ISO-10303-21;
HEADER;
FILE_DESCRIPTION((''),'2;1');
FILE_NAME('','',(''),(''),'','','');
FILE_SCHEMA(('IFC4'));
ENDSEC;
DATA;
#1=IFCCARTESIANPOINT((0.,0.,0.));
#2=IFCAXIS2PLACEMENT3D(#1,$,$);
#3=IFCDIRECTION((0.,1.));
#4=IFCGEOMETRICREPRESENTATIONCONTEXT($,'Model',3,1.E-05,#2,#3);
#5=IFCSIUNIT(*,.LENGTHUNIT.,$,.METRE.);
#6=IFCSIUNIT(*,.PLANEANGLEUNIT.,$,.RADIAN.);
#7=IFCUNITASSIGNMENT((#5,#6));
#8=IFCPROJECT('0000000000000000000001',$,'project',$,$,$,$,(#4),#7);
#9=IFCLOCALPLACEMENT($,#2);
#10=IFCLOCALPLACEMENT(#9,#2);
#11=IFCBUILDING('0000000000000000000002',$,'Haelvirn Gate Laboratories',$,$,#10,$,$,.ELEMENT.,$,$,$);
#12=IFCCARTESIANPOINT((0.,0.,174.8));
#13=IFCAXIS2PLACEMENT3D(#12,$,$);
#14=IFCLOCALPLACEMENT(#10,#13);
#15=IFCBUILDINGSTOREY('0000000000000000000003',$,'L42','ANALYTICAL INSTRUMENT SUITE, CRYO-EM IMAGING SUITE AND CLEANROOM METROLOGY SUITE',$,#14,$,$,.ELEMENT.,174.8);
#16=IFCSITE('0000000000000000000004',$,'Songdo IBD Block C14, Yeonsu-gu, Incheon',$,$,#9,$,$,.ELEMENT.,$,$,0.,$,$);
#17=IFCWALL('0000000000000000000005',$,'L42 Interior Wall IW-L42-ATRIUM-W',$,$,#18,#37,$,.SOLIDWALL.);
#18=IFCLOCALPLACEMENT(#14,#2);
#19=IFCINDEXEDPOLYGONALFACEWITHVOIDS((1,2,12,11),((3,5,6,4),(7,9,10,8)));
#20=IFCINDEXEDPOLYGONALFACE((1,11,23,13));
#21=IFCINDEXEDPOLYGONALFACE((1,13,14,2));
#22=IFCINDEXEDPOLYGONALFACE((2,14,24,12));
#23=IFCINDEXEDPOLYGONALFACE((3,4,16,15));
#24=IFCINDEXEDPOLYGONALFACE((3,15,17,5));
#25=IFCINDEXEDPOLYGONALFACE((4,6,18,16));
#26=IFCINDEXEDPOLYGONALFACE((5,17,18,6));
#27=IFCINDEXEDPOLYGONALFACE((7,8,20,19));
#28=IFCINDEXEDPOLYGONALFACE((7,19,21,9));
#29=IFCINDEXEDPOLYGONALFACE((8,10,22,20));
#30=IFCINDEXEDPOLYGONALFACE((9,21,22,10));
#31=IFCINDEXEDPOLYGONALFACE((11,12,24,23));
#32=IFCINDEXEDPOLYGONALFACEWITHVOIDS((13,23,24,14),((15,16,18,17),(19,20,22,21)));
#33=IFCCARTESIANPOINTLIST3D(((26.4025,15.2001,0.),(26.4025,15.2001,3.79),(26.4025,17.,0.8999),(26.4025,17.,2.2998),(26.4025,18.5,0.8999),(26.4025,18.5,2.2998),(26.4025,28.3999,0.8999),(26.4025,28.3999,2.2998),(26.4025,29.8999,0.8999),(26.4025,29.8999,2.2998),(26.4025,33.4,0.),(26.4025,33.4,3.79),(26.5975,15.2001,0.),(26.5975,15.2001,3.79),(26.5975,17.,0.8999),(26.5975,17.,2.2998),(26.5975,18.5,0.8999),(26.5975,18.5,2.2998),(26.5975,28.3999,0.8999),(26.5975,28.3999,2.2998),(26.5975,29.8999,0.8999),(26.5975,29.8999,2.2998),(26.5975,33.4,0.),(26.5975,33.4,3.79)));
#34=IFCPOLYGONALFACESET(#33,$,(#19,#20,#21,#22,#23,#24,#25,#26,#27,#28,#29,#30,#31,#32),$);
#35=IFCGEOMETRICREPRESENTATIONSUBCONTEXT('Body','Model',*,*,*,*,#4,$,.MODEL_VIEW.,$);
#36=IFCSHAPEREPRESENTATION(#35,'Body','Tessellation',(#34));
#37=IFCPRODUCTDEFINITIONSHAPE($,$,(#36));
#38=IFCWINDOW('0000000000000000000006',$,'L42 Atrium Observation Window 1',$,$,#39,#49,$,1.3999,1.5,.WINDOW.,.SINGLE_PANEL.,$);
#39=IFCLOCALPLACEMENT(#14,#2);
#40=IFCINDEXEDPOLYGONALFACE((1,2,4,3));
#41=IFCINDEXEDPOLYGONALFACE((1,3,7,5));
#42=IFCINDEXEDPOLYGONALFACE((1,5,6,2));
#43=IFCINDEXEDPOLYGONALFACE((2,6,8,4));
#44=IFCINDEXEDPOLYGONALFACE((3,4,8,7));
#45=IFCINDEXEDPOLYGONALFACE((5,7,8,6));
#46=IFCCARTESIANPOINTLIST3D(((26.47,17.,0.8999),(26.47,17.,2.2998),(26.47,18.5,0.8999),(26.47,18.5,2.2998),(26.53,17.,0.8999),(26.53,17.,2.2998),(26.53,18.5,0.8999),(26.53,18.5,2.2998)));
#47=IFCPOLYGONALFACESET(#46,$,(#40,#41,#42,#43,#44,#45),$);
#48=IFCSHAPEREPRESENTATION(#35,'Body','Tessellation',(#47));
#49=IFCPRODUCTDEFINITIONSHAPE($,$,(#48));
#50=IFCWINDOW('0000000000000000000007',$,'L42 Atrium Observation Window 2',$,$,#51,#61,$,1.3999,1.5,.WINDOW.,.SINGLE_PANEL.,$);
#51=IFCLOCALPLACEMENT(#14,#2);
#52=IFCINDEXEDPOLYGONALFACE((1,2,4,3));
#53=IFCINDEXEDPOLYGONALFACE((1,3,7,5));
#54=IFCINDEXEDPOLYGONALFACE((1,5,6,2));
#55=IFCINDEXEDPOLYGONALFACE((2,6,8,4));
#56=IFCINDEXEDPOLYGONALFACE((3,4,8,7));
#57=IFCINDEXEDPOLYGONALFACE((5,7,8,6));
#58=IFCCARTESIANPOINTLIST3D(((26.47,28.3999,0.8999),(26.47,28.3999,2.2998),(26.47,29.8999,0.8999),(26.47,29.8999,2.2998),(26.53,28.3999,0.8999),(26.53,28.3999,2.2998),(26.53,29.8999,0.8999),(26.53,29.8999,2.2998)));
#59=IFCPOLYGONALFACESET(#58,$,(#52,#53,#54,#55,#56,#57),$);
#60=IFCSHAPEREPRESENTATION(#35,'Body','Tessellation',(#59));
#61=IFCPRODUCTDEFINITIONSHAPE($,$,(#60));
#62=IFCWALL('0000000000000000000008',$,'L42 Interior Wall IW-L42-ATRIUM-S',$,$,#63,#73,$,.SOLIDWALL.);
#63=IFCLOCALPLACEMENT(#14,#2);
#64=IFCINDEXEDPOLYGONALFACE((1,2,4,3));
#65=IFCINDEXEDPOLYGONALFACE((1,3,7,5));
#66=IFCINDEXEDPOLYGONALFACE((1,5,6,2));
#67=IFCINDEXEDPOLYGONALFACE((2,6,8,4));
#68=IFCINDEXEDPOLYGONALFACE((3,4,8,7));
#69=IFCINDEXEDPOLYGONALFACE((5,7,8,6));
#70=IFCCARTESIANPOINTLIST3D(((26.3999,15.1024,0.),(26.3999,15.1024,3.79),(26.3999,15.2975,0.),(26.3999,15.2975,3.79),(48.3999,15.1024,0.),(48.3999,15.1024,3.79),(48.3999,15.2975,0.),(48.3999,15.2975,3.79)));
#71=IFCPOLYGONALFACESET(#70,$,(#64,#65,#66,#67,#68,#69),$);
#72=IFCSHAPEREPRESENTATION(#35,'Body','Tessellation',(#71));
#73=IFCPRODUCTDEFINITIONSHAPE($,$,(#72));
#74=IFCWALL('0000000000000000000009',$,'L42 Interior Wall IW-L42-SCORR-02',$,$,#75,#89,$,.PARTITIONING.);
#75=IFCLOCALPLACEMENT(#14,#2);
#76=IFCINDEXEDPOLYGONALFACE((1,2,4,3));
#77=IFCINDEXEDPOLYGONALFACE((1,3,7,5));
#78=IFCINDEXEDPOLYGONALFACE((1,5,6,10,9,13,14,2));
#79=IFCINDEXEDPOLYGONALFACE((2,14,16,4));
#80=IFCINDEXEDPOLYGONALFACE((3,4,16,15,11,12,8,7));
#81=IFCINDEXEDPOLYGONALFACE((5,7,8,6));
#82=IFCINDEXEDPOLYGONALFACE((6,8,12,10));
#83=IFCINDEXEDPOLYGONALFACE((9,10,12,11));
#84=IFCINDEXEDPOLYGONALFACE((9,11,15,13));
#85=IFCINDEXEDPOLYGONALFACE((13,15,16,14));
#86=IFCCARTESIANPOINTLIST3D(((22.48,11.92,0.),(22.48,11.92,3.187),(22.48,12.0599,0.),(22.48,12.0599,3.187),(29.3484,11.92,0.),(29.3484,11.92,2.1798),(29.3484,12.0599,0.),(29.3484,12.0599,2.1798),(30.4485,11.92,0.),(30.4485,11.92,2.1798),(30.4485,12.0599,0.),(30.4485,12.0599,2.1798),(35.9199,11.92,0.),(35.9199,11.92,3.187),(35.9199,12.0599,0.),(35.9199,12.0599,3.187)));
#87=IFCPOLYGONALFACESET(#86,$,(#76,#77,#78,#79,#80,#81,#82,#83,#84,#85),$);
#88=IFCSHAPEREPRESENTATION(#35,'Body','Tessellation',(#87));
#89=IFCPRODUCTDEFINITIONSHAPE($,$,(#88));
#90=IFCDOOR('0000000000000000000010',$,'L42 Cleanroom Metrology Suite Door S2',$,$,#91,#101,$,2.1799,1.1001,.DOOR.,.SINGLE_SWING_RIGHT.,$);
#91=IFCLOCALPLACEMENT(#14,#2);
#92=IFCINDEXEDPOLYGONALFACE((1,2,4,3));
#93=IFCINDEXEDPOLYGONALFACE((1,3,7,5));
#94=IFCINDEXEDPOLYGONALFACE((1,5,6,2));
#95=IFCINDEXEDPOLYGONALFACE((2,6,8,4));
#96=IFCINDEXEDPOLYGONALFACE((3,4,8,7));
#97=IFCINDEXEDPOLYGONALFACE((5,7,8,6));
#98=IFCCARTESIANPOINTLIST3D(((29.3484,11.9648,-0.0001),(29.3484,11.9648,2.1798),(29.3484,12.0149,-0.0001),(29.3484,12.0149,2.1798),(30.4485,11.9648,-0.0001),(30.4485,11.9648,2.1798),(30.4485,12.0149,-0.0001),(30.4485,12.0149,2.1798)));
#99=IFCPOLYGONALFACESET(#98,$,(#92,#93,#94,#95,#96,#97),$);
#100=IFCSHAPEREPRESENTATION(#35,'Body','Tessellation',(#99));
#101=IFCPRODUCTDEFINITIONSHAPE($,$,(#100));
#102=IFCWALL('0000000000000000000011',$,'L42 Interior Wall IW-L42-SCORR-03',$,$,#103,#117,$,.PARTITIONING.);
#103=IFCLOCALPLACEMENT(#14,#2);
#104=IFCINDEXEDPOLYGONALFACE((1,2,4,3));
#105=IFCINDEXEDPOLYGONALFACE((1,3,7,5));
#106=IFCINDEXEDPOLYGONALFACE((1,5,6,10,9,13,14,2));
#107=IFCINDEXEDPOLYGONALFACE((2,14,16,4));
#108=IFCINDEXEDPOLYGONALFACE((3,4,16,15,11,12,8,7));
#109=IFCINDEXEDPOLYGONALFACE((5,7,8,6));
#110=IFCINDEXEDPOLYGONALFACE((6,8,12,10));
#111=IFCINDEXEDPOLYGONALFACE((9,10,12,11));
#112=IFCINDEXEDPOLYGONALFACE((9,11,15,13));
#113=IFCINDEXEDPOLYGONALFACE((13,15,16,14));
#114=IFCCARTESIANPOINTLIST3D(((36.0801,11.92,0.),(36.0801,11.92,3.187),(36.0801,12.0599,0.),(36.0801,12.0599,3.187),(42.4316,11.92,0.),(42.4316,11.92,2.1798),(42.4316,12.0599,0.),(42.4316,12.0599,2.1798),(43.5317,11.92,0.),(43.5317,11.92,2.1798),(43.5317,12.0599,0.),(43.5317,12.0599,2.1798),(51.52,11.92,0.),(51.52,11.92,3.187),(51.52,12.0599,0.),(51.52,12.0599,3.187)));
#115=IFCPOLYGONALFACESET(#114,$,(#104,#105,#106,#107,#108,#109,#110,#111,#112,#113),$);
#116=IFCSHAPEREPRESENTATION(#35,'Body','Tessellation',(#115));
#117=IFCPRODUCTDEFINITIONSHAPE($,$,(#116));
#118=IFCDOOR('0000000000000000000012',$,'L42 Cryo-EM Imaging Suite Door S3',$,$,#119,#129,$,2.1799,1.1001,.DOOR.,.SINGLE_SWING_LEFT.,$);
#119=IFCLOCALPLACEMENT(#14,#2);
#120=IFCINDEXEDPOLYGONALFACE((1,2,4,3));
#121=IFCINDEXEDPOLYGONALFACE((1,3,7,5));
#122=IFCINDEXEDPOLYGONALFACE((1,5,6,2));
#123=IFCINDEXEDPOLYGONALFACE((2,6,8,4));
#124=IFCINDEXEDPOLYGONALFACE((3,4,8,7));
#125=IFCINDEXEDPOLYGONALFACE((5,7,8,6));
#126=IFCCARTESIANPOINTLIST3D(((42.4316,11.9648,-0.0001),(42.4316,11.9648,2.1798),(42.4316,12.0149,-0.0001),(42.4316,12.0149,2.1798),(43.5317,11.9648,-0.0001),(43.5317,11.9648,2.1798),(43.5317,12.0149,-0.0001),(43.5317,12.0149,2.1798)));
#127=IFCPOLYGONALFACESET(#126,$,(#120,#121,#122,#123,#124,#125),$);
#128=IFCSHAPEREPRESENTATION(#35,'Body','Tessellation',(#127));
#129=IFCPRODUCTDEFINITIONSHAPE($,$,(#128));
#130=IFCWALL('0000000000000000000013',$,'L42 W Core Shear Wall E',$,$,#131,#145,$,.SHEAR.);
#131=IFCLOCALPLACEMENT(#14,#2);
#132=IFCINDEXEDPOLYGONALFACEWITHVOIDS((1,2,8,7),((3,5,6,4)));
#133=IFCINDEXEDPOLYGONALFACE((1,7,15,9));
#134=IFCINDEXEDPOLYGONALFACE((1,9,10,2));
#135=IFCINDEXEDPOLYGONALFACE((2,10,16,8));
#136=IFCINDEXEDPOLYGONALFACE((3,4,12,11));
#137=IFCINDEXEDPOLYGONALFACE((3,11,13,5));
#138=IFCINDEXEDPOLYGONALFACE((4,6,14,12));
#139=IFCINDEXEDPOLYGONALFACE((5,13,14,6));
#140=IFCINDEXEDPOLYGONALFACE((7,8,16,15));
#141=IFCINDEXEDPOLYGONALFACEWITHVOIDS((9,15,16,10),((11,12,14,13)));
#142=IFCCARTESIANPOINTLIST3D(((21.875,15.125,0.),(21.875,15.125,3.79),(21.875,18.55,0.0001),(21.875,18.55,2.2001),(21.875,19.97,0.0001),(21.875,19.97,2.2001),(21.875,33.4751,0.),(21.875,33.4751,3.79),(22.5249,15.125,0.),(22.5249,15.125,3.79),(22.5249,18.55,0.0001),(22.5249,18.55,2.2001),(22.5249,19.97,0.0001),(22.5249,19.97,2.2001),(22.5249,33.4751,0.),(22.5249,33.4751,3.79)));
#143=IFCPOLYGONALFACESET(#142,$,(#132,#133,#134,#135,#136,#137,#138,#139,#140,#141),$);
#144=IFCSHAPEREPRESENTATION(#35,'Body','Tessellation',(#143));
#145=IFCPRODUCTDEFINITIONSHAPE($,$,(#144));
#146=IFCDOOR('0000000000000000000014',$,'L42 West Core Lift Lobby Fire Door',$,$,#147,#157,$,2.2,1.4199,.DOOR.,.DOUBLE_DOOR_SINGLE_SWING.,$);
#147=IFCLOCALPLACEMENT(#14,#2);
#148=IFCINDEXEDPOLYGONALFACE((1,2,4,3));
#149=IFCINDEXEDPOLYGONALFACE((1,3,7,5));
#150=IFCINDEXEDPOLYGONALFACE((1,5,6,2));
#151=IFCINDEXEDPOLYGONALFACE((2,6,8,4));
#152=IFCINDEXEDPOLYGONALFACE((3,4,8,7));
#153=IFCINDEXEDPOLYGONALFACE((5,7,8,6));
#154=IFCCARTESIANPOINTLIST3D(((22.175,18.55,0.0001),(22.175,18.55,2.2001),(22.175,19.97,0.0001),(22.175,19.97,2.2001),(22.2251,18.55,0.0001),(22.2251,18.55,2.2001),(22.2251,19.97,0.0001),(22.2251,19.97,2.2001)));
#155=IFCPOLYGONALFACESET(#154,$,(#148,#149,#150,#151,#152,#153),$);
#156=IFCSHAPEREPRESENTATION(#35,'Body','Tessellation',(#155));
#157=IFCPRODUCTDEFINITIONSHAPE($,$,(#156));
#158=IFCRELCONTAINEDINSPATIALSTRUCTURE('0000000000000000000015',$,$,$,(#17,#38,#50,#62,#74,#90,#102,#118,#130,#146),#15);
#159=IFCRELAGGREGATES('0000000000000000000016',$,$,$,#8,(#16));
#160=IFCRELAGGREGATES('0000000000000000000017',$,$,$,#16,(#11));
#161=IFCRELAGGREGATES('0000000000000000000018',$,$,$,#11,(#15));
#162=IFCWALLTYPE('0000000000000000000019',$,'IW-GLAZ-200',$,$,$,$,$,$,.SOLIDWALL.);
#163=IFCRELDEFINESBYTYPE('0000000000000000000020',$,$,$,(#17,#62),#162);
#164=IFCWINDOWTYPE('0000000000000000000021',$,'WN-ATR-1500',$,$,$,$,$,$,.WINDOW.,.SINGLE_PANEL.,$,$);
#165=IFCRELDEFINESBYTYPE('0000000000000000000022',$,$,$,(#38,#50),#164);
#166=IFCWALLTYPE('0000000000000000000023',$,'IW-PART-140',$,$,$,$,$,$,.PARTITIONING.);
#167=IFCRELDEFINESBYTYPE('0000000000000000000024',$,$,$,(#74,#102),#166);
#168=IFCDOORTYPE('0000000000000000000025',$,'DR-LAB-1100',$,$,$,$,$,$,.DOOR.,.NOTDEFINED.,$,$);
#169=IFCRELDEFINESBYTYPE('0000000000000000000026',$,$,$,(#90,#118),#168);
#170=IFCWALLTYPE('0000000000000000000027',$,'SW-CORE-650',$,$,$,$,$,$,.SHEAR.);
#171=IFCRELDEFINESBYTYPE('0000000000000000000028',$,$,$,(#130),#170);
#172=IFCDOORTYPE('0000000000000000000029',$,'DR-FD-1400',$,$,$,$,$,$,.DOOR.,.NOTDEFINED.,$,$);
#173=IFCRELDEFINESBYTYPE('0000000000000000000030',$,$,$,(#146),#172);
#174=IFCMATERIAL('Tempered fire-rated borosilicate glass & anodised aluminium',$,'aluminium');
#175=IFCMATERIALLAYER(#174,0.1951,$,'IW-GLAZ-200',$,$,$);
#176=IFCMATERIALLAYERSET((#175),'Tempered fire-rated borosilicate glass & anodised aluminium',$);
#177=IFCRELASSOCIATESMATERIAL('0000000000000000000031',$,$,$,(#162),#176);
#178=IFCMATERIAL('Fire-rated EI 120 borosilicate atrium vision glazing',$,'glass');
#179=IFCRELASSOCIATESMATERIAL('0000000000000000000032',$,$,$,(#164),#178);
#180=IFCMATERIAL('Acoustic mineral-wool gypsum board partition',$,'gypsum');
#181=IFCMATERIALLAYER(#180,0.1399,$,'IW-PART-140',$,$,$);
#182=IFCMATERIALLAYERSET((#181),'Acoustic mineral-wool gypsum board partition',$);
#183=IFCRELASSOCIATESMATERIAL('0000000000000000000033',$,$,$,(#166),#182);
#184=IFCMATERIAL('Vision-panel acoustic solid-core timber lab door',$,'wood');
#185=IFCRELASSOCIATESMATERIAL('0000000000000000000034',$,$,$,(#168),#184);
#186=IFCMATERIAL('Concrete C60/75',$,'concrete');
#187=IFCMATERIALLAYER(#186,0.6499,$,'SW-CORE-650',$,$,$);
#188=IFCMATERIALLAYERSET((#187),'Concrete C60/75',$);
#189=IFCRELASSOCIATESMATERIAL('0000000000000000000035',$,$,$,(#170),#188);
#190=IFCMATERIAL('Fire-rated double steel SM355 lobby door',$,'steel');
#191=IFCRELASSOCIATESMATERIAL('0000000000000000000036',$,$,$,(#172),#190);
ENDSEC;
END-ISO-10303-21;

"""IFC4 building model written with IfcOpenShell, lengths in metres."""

from ifc_helpers import new_model, si_unit, direction, frame, frame_2d, origin, place, context, subcontext, project, spatial, rectangle, extrude, source, transform, mapped, material, layer, layer_set, type_object, type_shapes, element, fill, save


model = new_model("IFC4")

# Units and contexts
model_context = context("Model", 3, precision=1e-05, world=origin(), true_north=direction((0.0, 1.0)))
body_context = subcontext(model_context, "Body", "Model", "MODEL_VIEW")
ifc_project = project(units=[si_unit("LENGTHUNIT", "METRE"), si_unit("PLANEANGLEUNIT", "RADIAN")], contexts=[model_context])

# Site, building, storey
site_placement = place(None, origin())
site = spatial("IfcSite", under=ifc_project, at=site_placement, Name="Songdo IBD Block C14, Yeonsu-gu, Incheon", CompositionType="ELEMENT", RefElevation=0.0)
building_placement = place(site_placement, origin())
building = spatial("IfcBuilding", under=site, at=building_placement, Name="Haelvirn Gate Laboratories", CompositionType="ELEMENT")
storey_placement = place(building_placement, frame((0.0, 0.0, 174.8)))
storey = spatial("IfcBuildingStorey", under=building, at=storey_placement, Name="L42", Description="ANALYTICAL INSTRUMENT SUITE, CRYO-EM IMAGING SUITE AND CLEANROOM METROLOGY SUITE", CompositionType="ELEMENT", Elevation=174.8)

# Wall, openings, windows
ifc_material_1 = material(Name="Tempered fire-rated borosilicate glass & anodised aluminium", Category="aluminium")
ifc_layer_1 = layer(ifc_material_1, 0.1951, Name="IW-GLAZ-200")
ifc_layer_set_1 = layer_set([ifc_layer_1], Name="Tempered fire-rated borosilicate glass & anodised aluminium")
wall_type_1 = type_object("IfcWallType", Name="IW-GLAZ-200", PredefinedType="SOLIDWALL", material=ifc_layer_set_1)
wall_1_placement = place(storey_placement, frame((26.5, 15.2, 0.0), z_axis=(0.0, 0.0, 1.0), x_axis=(0.0, 1.0, 0.0)))
wall_1 = element("IfcWall", 1, at=wall_1_placement, inside=storey, type_object=wall_type_1, Name="L42 Interior Wall IW-L42-ATRIUM-W", PredefinedType="SOLIDWALL", context=body_context, shape_type="SweptSolid", body=[
    extrude(rectangle(XDim=18.2, YDim=0.1951, at=frame_2d((9.1001, 0.0))), origin(), (0.0, 0.0, 1.0), 3.79),
])
opening_1_placement = place(wall_1_placement, frame((1.8, 0.0, 0.8999)))
opening_1 = element("IfcOpeningElement", 2, at=opening_1_placement, cuts=wall_1, PredefinedType="OPENING", context=body_context, shape_type="SweptSolid", body=[
    extrude(rectangle(XDim=1.5, YDim=1.3999, at=frame_2d((0.75, 0.7))), frame((0.0, 0.1074, 0.0), z_axis=(0.0, -1.0, 0.0), x_axis=(1.0, 0.0, 0.0)), (0.0, 0.0, 1.0), 0.2151),
])
opening_2_placement = place(wall_1_placement, frame((13.2, 0.0, 0.8999)))
opening_2 = element("IfcOpeningElement", 3, at=opening_2_placement, cuts=wall_1, PredefinedType="OPENING", context=body_context, shape_type="SweptSolid", body=[
    extrude(rectangle(XDim=1.5, YDim=1.3999, at=frame_2d((0.75, 0.7))), frame((0.0, 0.1074, 0.0), z_axis=(0.0, -1.0, 0.0), x_axis=(1.0, 0.0, 0.0)), (0.0, 0.0, 1.0), 0.2151),
])
ifc_material_2 = material(Name="Fire-rated EI 120 borosilicate atrium vision glazing", Category="glass")
window_type = type_object("IfcWindowType", Name="WN-ATR-1500", PartitioningType="SINGLE_PANEL", PredefinedType="WINDOW", material=ifc_material_2)
shared_shape_1 = source(origin(), body_context, "Body", "SweptSolid", [
    extrude(rectangle(XDim=1.5, YDim=1.3999, at=frame_2d((0.75, 0.7))), frame((0.0, 0.03, 0.0), z_axis=(0.0, -1.0, 0.0), x_axis=(1.0, 0.0, 0.0)), (0.0, 0.0, 1.0), 0.0601),
])
type_shapes(window_type, [shared_shape_1])
window_1_placement = place(opening_1_placement, origin())
window_1 = element("IfcWindow", 4, at=window_1_placement, inside=storey, type_object=window_type, Name="L42 Atrium Observation Window 1", OverallHeight=1.3999, OverallWidth=1.5, PartitioningType="SINGLE_PANEL", PredefinedType="WINDOW", context=body_context, shape_type="MappedRepresentation", body=[
    mapped(shared_shape_1, transform((0.0, 0.0, 0.0), scale=1.0)),
])
fill(opening_1, window_1)
window_2_placement = place(opening_2_placement, origin())
window_2 = element("IfcWindow", 5, at=window_2_placement, inside=storey, type_object=window_type, Name="L42 Atrium Observation Window 2", OverallHeight=1.3999, OverallWidth=1.5, PartitioningType="SINGLE_PANEL", PredefinedType="WINDOW", context=body_context, shape_type="MappedRepresentation", body=[
    mapped(shared_shape_1, transform((0.0, 0.0, 0.0), scale=1.0)),
])
fill(opening_2, window_2)

# Wall
wall_2_placement = place(storey_placement, frame((26.3999, 15.2, 0.0), z_axis=(0.0, 0.0, 1.0), x_axis=(1.0, 0.0, 0.0)))
element("IfcWall", 6, at=wall_2_placement, inside=storey, type_object=wall_type_1, Name="L42 Interior Wall IW-L42-ATRIUM-S", PredefinedType="SOLIDWALL", context=body_context, shape_type="SweptSolid", body=[
    extrude(rectangle(XDim=22.0, YDim=0.1951, at=frame_2d((11.0, 0.0))), origin(), (0.0, 0.0, 1.0), 3.79),
])

# Walls, openings, doors
ifc_material_3 = material(Name="Acoustic mineral-wool gypsum board partition", Category="gypsum")
ifc_layer_2 = layer(ifc_material_3, 0.1399, Name="IW-PART-140")
ifc_layer_set_2 = layer_set([ifc_layer_2], Name="Acoustic mineral-wool gypsum board partition")
wall_type_2 = type_object("IfcWallType", Name="IW-PART-140", PredefinedType="PARTITIONING", material=ifc_layer_set_2)
wall_3_placement = place(storey_placement, frame((22.48, 11.99, 0.0), z_axis=(0.0, 0.0, 1.0), x_axis=(1.0, 0.0, 0.0)))
wall_3 = element("IfcWall", 7, at=wall_3_placement, inside=storey, type_object=wall_type_2, Name="L42 Interior Wall IW-L42-SCORR-02", PredefinedType="PARTITIONING", context=body_context, shape_type="SweptSolid", body=[
    extrude(rectangle(XDim=13.4399, YDim=0.1399, at=frame_2d((6.72, 0.0))), origin(), (0.0, 0.0, 1.0), 3.187),
])
opening_3_placement = place(wall_3_placement, frame((6.8684, 0.0, 0.0)))
opening_3 = element("IfcOpeningElement", 8, at=opening_3_placement, cuts=wall_3, PredefinedType="OPENING", context=body_context, shape_type="SweptSolid", body=[
    extrude(rectangle(XDim=1.1001, YDim=2.1799, at=frame_2d((0.55, 1.0898))), frame((0.0, 0.0801, 0.0), z_axis=(0.0, -1.0, 0.0), x_axis=(1.0, 0.0, 0.0)), (0.0, 0.0, 1.0), 0.1599),
])
ifc_material_4 = material(Name="Vision-panel acoustic solid-core timber lab door", Category="wood")
door_type_1 = type_object("IfcDoorType", Name="DR-LAB-1100", OperationType="NOTDEFINED", PredefinedType="DOOR", material=ifc_material_4)
shared_shape_2 = source(origin(), body_context, "Body", "SweptSolid", [
    extrude(rectangle(XDim=1.1001, YDim=2.1799, at=frame_2d((0.55, 1.0898))), frame((0.0, 0.0249, 0.0), z_axis=(0.0, -1.0, 0.0), x_axis=(1.0, 0.0, 0.0)), (0.0, 0.0, 1.0), 0.05),
])
type_shapes(door_type_1, [shared_shape_2])
door_1_placement = place(opening_3_placement, origin())
door_1 = element("IfcDoor", 9, at=door_1_placement, inside=storey, type_object=door_type_1, Name="L42 Cleanroom Metrology Suite Door S2", OperationType="SINGLE_SWING_RIGHT", OverallHeight=2.1799, OverallWidth=1.1001, PredefinedType="DOOR", context=body_context, shape_type="MappedRepresentation", body=[
    mapped(shared_shape_2, transform((0.0, 0.0, 0.0), scale=1.0)),
])
fill(opening_3, door_1)
wall_4_placement = place(storey_placement, frame((36.0801, 11.99, 0.0), z_axis=(0.0, 0.0, 1.0), x_axis=(1.0, 0.0, 0.0)))
wall_4 = element("IfcWall", 10, at=wall_4_placement, inside=storey, type_object=wall_type_2, Name="L42 Interior Wall IW-L42-SCORR-03", PredefinedType="PARTITIONING", context=body_context, shape_type="SweptSolid", body=[
    extrude(rectangle(XDim=15.4399, YDim=0.1399, at=frame_2d((7.72, 0.0))), origin(), (0.0, 0.0, 1.0), 3.187),
])
opening_4_placement = place(wall_4_placement, frame((6.3516, 0.0, 0.0)))
opening_4 = element("IfcOpeningElement", 11, at=opening_4_placement, cuts=wall_4, PredefinedType="OPENING", context=body_context, shape_type="SweptSolid", body=[
    extrude(rectangle(XDim=1.1001, YDim=2.1799, at=frame_2d((0.55, 1.0898))), frame((0.0, 0.0801, 0.0), z_axis=(0.0, -1.0, 0.0), x_axis=(1.0, 0.0, 0.0)), (0.0, 0.0, 1.0), 0.1599),
])
door_2_placement = place(opening_4_placement, origin())
door_2 = element("IfcDoor", 12, at=door_2_placement, inside=storey, type_object=door_type_1, Name="L42 Cryo-EM Imaging Suite Door S3", OperationType="SINGLE_SWING_LEFT", OverallHeight=2.1799, OverallWidth=1.1001, PredefinedType="DOOR", context=body_context, shape_type="MappedRepresentation", body=[
    mapped(shared_shape_2, transform((0.0, 0.0, 0.0), scale=1.0)),
])
fill(opening_4, door_2)
ifc_material_5 = material(Name="Concrete C60/75", Category="concrete")
ifc_layer_3 = layer(ifc_material_5, 0.6499, Name="SW-CORE-650")
ifc_layer_set_3 = layer_set([ifc_layer_3], Name="Concrete C60/75")
wall_type_3 = type_object("IfcWallType", Name="SW-CORE-650", PredefinedType="SHEAR", material=ifc_layer_set_3)
wall_5_placement = place(storey_placement, frame((22.2, 15.125, 0.0), z_axis=(0.0, 0.0, 1.0), x_axis=(0.0, 1.0, 0.0)))
wall_5 = element("IfcWall", 13, at=wall_5_placement, inside=storey, type_object=wall_type_3, Name="L42 W Core Shear Wall E", PredefinedType="SHEAR", context=body_context, shape_type="SweptSolid", body=[
    extrude(rectangle(XDim=18.3501, YDim=0.6499, at=frame_2d((9.175, 0.0))), origin(), (0.0, 0.0, 1.0), 3.79),
])
opening_5_placement = place(wall_5_placement, frame((3.425, 0.0, 0.0)))
opening_5 = element("IfcOpeningElement", 14, at=opening_5_placement, cuts=wall_5, PredefinedType="OPENING", context=body_context, shape_type="SweptSolid", body=[
    extrude(rectangle(XDim=1.4199, YDim=2.2, at=frame_2d((0.71, 1.1001))), frame((0.0, 0.335, 0.0), z_axis=(0.0, -1.0, 0.0), x_axis=(1.0, 0.0, 0.0)), (0.0, 0.0, 1.0), 0.6699),
])
ifc_material_6 = material(Name="Fire-rated double steel SM355 lobby door", Category="steel")
door_type_2 = type_object("IfcDoorType", Name="DR-FD-1400", OperationType="NOTDEFINED", PredefinedType="DOOR", material=ifc_material_6)
shared_shape_3 = source(origin(), body_context, "Body", "SweptSolid", [
    extrude(rectangle(XDim=1.4199, YDim=2.2, at=frame_2d((0.71, 1.1001))), frame((0.0, 0.0249, 0.0), z_axis=(0.0, -1.0, 0.0), x_axis=(1.0, 0.0, 0.0)), (0.0, 0.0, 1.0), 0.05),
])
type_shapes(door_type_2, [shared_shape_3])
door_3_placement = place(opening_5_placement, origin())
door_3 = element("IfcDoor", 15, at=door_3_placement, inside=storey, type_object=door_type_2, Name="L42 West Core Lift Lobby Fire Door", OperationType="DOUBLE_DOOR_SINGLE_SWING", OverallHeight=2.2, OverallWidth=1.4199, PredefinedType="DOOR", context=body_context, shape_type="MappedRepresentation", body=[
    mapped(shared_shape_3, transform((0.0, 0.0, 0.0), scale=1.0)),
])
fill(opening_5, door_3)

save(model, "model.ifc")
